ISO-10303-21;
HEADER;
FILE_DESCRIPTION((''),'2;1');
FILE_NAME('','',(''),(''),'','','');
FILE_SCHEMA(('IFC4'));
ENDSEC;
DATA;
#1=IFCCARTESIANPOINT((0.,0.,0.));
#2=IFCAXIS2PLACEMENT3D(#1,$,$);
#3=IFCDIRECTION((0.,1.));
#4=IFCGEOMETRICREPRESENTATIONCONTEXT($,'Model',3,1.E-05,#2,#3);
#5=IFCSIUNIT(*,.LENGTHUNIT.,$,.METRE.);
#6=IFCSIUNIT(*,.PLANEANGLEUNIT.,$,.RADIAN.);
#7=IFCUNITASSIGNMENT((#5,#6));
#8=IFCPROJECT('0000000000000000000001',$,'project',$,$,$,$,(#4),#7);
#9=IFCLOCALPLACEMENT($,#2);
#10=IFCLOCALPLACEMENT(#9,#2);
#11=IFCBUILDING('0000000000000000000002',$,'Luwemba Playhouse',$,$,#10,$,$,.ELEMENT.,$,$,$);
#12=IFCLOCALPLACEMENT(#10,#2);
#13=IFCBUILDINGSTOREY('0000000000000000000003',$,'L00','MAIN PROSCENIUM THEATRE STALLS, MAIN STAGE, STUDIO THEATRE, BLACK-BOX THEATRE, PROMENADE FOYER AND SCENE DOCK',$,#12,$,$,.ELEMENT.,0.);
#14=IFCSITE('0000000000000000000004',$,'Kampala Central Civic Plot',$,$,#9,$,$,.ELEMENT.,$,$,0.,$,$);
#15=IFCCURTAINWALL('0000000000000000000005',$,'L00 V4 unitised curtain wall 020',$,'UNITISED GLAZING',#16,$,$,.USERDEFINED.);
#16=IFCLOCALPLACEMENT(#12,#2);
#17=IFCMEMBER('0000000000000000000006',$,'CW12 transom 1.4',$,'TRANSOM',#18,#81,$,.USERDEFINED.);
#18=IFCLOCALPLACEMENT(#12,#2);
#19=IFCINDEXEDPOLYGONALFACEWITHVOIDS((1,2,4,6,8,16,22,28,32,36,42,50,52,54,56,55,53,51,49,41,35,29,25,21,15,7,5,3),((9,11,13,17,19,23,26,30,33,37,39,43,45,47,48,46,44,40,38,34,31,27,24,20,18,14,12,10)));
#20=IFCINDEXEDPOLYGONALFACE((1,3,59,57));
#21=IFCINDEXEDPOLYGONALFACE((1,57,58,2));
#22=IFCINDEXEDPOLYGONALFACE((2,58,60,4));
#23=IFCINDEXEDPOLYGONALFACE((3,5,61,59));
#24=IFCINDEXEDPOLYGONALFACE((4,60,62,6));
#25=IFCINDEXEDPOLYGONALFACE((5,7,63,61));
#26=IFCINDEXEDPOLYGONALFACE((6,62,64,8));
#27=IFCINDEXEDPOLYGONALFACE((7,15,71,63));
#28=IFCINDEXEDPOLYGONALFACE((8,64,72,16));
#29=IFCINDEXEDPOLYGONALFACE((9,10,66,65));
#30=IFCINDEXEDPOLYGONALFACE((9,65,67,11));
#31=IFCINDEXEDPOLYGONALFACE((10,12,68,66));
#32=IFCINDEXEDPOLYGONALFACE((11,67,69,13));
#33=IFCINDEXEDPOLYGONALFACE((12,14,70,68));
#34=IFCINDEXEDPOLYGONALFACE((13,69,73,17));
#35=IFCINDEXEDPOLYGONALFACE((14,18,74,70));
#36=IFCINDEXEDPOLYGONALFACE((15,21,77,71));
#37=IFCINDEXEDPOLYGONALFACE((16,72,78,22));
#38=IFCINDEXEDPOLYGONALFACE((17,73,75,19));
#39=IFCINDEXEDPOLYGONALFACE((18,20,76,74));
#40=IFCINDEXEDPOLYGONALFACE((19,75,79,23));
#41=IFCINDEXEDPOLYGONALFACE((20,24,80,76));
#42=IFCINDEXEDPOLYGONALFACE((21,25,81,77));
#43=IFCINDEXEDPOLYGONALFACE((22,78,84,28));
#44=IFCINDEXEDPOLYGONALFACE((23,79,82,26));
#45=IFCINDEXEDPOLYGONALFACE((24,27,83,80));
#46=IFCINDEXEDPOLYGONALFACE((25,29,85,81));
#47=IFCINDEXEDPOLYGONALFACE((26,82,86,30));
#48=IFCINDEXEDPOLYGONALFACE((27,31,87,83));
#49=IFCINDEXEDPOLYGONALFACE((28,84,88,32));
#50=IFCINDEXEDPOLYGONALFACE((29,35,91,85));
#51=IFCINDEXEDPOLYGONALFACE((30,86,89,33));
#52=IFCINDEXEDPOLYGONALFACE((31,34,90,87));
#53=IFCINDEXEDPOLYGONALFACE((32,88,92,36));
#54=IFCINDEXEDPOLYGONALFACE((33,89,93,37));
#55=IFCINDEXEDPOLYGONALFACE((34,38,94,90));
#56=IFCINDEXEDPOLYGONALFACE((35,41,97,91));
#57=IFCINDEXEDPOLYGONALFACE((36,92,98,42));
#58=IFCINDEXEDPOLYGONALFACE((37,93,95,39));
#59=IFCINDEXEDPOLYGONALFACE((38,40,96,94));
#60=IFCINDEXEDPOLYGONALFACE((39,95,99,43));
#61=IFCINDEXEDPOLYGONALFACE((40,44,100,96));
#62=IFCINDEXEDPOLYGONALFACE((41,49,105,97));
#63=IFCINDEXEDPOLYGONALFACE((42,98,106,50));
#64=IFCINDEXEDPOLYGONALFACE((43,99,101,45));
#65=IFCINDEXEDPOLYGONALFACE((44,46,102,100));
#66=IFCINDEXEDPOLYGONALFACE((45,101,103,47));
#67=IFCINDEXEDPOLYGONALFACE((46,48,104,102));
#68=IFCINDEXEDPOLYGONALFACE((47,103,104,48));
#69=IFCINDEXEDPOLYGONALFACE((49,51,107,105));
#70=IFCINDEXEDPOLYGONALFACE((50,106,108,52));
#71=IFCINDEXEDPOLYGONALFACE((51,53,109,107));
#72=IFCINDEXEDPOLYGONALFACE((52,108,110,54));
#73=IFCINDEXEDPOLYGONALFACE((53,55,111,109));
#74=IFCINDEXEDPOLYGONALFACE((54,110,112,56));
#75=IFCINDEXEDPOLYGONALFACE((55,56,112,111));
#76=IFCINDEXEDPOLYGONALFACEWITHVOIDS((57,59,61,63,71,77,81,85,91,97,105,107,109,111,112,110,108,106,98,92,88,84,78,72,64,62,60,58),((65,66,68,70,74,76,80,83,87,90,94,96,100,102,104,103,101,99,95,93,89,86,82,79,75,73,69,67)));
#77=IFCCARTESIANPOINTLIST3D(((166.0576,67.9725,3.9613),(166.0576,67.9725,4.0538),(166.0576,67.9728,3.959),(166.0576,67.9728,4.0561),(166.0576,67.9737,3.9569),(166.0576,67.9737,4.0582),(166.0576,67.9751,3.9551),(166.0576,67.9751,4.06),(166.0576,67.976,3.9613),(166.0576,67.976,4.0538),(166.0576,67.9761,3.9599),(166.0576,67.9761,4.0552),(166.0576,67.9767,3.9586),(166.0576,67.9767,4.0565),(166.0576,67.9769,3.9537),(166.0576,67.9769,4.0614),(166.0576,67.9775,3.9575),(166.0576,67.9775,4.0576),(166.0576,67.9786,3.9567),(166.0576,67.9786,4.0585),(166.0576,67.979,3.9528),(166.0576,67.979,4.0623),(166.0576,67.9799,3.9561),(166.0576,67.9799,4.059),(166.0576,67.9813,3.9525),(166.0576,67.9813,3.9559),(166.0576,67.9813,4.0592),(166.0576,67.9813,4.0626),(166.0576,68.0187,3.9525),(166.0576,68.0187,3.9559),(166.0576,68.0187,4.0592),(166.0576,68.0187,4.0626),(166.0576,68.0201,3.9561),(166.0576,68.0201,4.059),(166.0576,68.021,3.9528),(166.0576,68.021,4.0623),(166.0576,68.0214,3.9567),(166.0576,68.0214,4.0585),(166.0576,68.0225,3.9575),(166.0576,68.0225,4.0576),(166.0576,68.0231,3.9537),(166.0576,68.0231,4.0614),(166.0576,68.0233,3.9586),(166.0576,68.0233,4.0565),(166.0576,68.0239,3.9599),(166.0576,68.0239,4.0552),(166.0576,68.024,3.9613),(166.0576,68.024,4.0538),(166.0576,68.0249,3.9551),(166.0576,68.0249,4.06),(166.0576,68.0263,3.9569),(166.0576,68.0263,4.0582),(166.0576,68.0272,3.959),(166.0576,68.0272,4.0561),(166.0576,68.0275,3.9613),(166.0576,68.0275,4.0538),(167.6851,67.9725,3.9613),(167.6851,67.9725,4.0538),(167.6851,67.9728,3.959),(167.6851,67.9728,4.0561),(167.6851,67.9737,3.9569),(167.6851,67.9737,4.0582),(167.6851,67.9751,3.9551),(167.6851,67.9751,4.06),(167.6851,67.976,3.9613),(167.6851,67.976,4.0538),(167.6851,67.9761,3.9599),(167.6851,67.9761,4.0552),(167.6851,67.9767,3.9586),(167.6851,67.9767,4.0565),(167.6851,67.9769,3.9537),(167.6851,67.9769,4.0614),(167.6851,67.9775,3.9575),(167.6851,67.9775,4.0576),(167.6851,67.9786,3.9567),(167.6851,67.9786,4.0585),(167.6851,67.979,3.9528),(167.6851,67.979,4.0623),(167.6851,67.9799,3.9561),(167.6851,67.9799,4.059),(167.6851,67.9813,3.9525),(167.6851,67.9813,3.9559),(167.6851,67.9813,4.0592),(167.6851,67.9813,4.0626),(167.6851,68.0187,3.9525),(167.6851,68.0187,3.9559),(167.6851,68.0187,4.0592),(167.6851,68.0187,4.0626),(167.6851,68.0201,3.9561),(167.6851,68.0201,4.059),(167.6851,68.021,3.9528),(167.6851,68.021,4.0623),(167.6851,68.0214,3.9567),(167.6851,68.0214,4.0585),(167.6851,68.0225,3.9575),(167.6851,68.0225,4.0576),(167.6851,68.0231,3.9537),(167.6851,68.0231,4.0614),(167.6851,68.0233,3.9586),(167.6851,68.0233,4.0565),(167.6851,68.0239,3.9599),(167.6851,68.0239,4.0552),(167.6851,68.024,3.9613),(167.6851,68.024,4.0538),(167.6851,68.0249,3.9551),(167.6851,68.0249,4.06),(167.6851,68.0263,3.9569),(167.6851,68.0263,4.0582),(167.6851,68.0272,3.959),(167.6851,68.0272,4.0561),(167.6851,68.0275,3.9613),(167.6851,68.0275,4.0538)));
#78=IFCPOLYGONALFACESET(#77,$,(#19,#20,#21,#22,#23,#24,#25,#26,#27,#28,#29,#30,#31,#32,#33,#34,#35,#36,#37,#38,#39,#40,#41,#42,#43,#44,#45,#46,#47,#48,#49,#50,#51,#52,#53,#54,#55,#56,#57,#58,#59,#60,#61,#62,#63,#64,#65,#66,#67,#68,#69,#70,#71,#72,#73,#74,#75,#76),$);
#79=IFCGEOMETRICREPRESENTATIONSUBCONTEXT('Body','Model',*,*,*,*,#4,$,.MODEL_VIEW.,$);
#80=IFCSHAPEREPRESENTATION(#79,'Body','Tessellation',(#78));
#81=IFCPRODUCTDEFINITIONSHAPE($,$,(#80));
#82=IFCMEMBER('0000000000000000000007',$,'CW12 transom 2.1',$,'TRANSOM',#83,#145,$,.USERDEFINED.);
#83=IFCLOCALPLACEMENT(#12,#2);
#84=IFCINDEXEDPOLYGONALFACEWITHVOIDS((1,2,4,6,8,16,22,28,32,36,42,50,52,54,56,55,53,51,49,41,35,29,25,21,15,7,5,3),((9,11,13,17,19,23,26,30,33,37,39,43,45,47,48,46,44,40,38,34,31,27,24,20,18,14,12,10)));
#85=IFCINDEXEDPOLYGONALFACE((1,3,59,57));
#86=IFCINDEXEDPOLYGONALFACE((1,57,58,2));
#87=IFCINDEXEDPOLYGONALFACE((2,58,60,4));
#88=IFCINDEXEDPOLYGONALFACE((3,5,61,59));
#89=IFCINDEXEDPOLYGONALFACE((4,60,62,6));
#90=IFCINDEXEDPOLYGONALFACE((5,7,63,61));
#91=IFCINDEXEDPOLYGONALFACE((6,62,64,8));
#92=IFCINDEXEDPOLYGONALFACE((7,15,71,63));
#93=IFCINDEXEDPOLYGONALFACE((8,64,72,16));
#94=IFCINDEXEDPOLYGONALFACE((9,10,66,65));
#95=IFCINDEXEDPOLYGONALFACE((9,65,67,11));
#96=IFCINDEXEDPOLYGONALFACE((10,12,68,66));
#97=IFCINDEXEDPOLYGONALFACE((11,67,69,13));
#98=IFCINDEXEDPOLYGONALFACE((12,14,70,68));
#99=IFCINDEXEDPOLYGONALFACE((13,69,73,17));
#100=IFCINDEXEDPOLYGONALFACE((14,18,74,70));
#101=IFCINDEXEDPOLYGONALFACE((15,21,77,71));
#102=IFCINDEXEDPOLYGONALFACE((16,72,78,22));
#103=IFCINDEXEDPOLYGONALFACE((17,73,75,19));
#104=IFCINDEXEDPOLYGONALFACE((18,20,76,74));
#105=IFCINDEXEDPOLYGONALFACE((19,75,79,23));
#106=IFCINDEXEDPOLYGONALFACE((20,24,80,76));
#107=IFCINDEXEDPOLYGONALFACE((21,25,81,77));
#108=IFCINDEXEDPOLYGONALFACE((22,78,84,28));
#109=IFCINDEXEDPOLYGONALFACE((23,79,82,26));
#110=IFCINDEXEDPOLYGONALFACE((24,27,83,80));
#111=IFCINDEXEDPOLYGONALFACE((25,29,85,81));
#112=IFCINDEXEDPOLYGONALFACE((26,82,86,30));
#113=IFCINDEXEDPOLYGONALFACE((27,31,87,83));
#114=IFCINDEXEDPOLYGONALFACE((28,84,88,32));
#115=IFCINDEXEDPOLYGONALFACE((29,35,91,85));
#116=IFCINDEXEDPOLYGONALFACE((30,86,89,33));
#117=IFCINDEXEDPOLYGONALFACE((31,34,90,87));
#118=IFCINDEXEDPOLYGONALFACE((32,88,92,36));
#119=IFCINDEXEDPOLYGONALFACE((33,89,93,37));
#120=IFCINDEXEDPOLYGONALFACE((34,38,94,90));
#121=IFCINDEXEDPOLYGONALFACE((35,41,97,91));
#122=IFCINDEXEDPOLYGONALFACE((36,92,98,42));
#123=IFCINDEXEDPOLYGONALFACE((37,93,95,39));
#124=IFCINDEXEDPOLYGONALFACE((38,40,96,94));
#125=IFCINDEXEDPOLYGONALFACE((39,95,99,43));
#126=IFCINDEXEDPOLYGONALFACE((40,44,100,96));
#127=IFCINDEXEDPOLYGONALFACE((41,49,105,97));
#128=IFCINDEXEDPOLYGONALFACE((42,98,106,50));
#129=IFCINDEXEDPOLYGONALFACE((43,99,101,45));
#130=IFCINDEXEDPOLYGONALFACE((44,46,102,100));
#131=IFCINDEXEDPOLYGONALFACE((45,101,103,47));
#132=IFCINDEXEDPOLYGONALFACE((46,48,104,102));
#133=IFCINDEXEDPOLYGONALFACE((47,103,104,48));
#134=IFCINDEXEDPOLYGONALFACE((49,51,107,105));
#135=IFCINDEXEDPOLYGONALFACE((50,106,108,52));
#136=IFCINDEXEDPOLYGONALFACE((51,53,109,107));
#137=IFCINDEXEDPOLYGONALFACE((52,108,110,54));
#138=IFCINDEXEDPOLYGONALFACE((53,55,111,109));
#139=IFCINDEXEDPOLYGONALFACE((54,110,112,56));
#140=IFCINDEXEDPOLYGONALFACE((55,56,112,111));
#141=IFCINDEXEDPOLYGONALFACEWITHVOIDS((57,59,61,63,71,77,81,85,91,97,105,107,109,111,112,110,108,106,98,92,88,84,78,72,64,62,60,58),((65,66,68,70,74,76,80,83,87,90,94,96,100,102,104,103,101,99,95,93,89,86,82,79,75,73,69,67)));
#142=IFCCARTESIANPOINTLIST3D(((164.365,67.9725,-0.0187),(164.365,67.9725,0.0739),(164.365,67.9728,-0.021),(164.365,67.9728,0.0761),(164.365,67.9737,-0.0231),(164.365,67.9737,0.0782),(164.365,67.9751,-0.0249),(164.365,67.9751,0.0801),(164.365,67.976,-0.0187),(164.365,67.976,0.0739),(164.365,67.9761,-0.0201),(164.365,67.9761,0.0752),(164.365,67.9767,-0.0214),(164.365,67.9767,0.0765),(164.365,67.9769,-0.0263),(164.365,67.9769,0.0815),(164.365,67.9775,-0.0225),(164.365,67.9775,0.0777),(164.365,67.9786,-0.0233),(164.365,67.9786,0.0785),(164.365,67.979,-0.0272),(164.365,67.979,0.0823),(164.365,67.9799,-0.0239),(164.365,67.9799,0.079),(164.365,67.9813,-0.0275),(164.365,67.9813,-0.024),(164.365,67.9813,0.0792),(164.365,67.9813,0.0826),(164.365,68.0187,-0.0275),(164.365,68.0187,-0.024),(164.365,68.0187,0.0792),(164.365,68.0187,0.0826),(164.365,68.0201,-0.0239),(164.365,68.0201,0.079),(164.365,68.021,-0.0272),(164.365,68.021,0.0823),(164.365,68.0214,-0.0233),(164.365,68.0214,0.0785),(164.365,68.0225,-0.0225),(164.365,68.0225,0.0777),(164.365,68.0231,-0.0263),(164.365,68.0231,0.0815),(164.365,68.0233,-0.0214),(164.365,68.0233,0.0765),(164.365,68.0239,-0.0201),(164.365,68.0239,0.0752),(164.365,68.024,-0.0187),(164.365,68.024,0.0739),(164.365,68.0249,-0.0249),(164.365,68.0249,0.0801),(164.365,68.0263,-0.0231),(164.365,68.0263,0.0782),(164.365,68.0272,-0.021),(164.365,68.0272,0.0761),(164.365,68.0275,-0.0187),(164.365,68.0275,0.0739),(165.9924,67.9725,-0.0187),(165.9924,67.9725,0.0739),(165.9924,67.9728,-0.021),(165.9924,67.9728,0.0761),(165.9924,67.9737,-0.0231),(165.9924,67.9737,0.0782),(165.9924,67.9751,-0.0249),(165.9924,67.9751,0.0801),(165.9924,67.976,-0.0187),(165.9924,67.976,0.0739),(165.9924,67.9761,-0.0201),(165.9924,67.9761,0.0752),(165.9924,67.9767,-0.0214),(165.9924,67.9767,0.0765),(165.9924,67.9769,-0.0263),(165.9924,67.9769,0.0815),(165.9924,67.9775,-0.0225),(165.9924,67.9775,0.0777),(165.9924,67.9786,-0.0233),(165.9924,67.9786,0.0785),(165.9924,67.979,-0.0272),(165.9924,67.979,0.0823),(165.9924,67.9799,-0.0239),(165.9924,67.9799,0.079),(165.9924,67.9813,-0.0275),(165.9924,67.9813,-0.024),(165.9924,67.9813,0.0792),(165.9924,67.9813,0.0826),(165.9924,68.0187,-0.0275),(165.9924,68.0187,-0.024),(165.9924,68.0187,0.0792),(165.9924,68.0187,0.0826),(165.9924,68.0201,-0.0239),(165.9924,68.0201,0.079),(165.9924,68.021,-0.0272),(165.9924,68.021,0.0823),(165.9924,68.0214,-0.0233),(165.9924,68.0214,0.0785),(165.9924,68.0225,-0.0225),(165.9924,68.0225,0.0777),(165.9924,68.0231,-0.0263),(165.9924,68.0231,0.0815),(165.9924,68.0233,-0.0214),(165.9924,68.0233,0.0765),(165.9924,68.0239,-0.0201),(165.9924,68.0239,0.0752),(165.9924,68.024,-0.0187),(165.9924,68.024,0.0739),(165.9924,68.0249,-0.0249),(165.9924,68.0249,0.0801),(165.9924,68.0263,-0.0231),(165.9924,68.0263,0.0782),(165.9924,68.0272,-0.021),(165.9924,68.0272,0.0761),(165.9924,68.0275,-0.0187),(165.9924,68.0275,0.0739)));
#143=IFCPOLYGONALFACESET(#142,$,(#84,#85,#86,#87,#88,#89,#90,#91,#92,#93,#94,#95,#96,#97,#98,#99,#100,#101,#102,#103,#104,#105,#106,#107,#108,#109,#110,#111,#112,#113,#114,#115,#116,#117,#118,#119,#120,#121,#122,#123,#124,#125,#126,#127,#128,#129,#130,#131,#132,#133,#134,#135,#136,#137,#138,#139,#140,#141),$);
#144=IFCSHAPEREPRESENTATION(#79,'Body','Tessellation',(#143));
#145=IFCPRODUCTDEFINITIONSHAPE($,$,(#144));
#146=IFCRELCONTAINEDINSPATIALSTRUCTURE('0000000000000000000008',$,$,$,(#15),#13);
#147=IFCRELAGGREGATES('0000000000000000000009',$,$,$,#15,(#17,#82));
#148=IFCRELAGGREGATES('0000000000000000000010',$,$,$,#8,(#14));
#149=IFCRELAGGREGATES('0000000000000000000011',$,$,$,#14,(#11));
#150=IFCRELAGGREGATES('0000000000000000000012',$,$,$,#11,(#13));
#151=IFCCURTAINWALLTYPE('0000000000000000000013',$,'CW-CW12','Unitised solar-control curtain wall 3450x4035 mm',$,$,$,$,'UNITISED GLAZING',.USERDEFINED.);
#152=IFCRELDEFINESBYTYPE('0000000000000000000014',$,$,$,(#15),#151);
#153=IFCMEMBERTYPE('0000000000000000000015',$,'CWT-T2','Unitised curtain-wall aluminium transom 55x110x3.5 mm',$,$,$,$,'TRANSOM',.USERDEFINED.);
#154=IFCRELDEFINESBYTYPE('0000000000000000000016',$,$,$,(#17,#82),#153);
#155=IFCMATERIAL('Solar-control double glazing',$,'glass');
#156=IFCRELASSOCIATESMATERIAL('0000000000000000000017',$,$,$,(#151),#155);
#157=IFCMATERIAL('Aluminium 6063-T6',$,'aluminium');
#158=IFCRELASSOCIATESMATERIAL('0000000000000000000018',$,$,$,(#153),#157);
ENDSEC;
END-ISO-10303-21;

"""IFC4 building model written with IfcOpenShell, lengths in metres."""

from ifc_helpers import new_model, si_unit, direction, frame, origin, origin_2d, place, context, subcontext, project, spatial, hollow_rectangle, extrude, material, material_profile, profile_set, type_object, element, aggregate, save


model = new_model("IFC4")

# Units and contexts
model_context = context("Model", 3, precision=1e-05, world=origin(), true_north=direction((0.0, 1.0)))
body_context = subcontext(model_context, "Body", "Model", "MODEL_VIEW")
ifc_project = project(units=[si_unit("LENGTHUNIT", "METRE"), si_unit("PLANEANGLEUNIT", "RADIAN")], contexts=[model_context])

# Site, building, storey
site_placement = place(None, origin())
site = spatial("IfcSite", under=ifc_project, at=site_placement, Name="Kampala Central Civic Plot", CompositionType="ELEMENT", RefElevation=0.0)
building_placement = place(site_placement, origin())
building = spatial("IfcBuilding", under=site, at=building_placement, Name="Luwemba Playhouse", CompositionType="ELEMENT")
storey_placement = place(building_placement, origin())
storey = spatial("IfcBuildingStorey", under=building, at=storey_placement, Name="L00", Description="MAIN PROSCENIUM THEATRE STALLS, MAIN STAGE, STUDIO THEATRE, BLACK-BOX THEATRE, PROMENADE FOYER AND SCENE DOCK", CompositionType="ELEMENT", Elevation=0.0)

# Curtain wall, members
ifc_material_1 = material(Name="Solar-control double glazing", Category="glass")
curtain_wall_type = type_object("IfcCurtainWallType", Name="CW-CW12", Description="Unitised solar-control curtain wall 3450x4035 mm", ElementType="UNITISED GLAZING", PredefinedType="USERDEFINED", material=ifc_material_1)
curtain_wall_placement = place(storey_placement, origin())
curtain_wall = element("IfcCurtainWall", 1, at=curtain_wall_placement, inside=storey, type_object=curtain_wall_type, Name="L00 V4 unitised curtain wall 020", ObjectType="UNITISED GLAZING", PredefinedType="USERDEFINED")
ifc_material_2 = material(Name="Aluminium 6063-T6", Category="aluminium")
ifc_material_profile_1 = material_profile(ifc_material_2, hollow_rectangle(XDim=0.0549, YDim=0.1101, WallThickness=0.0034, InnerFilletRadius=0.0054, OuterFilletRadius=0.0088, at=origin_2d()))
ifc_profile_set_1 = profile_set([ifc_material_profile_1], Name="Aluminium 6063-T6")
member_type_1 = type_object("IfcMemberType", Name="CWT-T2", Description="Unitised curtain-wall aluminium transom 55x110x3.5 mm", ElementType="TRANSOM", PredefinedType="USERDEFINED", material=ifc_profile_set_1)
member_1_placement = place(storey_placement, frame((167.6851, 68.0, 4.0076), z_axis=(-1.0, 0.0, 0.0), x_axis=(0.0, -1.0, 0.0)))
member_1 = element("IfcMember", 2, at=member_1_placement, type_object=member_type_1, Name="CW12 transom 1.4", ObjectType="TRANSOM", PredefinedType="USERDEFINED", context=body_context, shape_type="SweptSolid", body=[
    extrude(hollow_rectangle(XDim=0.0549, YDim=0.1101, WallThickness=0.0034, InnerFilletRadius=0.0054, OuterFilletRadius=0.0088, at=origin_2d()), origin(), (0.0, 0.0, 1.0), 1.6274),
])
member_2_placement = place(storey_placement, frame((165.9924, 68.0, 0.0276), z_axis=(-1.0, 0.0, 0.0), x_axis=(0.0, -1.0, 0.0)))
member_2 = element("IfcMember", 3, at=member_2_placement, type_object=member_type_1, Name="CW12 transom 2.1", ObjectType="TRANSOM", PredefinedType="USERDEFINED", context=body_context, shape_type="SweptSolid", body=[
    extrude(hollow_rectangle(XDim=0.0549, YDim=0.1101, WallThickness=0.0034, InnerFilletRadius=0.0054, OuterFilletRadius=0.0088, at=origin_2d()), origin(), (0.0, 0.0, 1.0), 1.6274),
])
aggregate(curtain_wall, [member_1, member_2])

save(model, "model.ifc")
